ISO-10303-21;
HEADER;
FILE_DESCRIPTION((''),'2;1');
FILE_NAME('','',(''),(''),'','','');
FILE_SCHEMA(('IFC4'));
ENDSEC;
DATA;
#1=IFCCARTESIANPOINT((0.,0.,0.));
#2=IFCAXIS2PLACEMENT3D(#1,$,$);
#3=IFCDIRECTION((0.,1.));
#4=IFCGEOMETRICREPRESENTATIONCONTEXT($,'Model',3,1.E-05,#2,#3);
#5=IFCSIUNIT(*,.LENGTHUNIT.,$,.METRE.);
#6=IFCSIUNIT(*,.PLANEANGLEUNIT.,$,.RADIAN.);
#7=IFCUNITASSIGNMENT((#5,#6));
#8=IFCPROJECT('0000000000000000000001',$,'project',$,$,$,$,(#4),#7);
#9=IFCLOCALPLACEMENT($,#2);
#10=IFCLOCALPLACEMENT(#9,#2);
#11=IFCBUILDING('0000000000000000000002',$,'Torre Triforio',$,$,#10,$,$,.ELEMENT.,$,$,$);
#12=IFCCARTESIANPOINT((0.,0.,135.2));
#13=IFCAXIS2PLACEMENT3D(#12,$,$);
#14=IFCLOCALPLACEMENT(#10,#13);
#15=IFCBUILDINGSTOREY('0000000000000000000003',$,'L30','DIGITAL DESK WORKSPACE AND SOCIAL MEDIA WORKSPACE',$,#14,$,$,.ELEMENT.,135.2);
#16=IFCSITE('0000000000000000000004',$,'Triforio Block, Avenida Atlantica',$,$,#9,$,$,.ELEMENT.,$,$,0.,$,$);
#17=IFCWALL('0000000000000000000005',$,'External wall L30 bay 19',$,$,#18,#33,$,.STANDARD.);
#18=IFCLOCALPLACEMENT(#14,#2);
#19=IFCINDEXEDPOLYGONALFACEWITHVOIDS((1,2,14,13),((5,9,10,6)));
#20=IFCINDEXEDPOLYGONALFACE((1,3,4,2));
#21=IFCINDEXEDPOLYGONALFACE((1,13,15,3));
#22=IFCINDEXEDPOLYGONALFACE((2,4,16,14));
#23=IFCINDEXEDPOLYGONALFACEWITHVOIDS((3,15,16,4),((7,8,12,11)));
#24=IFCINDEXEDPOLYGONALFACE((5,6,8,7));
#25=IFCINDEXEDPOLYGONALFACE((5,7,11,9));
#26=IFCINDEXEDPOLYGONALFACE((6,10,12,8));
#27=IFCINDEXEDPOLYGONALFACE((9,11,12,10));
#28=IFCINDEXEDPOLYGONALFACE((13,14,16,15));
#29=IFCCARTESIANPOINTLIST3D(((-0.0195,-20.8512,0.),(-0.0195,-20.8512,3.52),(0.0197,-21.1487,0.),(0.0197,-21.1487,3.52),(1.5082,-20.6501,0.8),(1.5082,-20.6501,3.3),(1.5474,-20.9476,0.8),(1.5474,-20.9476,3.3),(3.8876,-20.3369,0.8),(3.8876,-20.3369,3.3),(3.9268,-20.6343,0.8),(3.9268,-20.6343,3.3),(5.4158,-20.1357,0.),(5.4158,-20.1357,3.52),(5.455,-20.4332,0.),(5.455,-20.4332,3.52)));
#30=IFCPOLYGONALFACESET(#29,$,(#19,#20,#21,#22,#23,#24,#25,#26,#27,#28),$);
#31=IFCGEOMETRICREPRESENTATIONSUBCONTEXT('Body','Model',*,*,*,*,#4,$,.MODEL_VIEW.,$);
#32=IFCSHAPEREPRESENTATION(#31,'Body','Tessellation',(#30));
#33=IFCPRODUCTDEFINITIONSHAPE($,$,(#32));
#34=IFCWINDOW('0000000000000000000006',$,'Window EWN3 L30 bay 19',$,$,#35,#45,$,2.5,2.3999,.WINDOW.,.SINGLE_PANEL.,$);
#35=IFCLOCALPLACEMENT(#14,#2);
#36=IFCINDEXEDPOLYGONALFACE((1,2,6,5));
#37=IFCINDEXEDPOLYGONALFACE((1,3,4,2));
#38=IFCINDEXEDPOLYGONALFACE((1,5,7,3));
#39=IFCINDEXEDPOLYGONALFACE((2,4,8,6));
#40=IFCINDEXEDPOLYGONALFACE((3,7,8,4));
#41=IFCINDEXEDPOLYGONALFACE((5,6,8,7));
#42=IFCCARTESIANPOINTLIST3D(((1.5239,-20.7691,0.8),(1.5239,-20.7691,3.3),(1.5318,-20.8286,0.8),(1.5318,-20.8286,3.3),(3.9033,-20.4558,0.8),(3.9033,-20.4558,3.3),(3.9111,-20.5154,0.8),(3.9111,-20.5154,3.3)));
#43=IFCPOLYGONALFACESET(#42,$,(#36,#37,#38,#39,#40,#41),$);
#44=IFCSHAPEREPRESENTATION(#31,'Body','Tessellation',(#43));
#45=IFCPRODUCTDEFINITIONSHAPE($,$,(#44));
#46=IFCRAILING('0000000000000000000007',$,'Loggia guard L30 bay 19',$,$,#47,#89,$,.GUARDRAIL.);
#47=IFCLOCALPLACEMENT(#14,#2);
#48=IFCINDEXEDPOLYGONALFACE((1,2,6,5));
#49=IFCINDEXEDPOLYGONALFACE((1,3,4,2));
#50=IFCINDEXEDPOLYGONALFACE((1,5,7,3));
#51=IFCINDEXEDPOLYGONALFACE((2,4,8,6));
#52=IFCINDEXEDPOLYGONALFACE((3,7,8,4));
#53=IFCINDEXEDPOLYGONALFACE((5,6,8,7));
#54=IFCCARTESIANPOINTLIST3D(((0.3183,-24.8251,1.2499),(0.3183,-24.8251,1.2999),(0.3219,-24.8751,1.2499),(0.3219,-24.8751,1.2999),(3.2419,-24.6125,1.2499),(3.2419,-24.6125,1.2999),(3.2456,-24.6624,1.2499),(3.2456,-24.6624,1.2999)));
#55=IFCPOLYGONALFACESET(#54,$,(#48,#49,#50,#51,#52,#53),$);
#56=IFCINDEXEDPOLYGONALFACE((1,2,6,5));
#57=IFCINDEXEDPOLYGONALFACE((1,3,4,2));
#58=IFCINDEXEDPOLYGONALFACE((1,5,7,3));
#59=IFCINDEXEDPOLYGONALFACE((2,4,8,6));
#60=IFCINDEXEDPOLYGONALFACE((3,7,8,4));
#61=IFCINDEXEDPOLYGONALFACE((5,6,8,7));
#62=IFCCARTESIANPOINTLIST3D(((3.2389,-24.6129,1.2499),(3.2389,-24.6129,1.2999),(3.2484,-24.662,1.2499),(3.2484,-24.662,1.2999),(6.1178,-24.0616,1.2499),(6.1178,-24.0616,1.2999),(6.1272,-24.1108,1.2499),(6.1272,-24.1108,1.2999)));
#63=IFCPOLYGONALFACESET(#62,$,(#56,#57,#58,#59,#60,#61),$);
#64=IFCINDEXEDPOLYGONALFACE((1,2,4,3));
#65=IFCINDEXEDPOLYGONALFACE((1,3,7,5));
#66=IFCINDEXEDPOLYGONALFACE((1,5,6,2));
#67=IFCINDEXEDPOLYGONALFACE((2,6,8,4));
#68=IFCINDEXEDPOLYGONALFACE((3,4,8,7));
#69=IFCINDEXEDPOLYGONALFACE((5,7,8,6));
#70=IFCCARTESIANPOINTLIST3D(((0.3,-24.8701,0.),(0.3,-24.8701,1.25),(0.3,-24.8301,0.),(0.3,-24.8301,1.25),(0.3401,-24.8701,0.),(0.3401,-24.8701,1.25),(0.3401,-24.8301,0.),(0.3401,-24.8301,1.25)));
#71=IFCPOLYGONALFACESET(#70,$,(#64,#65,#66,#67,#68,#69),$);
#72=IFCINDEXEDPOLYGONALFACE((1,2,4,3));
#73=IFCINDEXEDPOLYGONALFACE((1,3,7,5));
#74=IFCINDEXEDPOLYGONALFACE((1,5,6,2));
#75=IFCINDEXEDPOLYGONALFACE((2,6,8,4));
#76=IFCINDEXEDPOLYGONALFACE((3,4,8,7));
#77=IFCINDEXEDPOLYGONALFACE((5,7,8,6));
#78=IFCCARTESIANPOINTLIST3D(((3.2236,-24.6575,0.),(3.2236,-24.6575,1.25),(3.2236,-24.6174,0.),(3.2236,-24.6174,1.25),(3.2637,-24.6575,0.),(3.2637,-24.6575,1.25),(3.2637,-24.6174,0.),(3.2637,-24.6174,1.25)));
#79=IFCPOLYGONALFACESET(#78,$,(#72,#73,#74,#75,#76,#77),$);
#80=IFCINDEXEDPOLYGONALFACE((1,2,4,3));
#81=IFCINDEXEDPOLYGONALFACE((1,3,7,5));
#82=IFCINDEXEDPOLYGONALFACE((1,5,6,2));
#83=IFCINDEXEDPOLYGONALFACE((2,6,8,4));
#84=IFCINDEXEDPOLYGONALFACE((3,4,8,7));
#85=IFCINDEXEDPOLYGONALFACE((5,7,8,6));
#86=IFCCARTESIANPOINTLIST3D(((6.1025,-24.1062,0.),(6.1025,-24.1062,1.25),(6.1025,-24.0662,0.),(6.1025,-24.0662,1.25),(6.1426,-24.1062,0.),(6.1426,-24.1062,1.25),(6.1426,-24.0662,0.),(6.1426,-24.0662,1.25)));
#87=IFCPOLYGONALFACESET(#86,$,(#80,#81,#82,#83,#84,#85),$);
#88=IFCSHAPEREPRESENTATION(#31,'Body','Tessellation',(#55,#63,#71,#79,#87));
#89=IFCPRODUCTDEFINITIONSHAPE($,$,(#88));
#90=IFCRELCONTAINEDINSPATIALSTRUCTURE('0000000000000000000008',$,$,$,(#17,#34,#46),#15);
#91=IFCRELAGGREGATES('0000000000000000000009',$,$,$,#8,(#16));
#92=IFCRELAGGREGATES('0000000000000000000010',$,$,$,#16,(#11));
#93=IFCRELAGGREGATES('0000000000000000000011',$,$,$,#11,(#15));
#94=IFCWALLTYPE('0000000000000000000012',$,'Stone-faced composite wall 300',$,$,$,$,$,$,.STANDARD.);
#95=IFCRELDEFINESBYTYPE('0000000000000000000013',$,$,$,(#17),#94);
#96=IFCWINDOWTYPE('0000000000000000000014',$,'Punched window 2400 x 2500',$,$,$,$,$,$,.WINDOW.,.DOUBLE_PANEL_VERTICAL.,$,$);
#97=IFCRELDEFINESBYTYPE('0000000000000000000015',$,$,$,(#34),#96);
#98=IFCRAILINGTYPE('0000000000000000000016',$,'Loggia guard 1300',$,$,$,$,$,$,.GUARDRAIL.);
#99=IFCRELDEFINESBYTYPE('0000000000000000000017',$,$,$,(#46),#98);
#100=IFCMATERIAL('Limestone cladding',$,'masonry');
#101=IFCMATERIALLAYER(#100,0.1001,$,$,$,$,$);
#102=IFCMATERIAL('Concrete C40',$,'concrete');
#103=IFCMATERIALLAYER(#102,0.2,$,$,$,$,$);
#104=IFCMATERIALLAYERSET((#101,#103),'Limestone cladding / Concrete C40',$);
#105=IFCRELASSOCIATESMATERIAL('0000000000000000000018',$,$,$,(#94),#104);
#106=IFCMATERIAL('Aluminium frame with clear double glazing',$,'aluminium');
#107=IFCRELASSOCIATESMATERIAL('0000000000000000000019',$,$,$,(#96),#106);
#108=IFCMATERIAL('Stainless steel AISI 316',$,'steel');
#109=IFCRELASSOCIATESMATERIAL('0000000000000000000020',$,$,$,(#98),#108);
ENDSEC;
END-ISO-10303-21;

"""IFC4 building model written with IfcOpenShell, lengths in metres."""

from ifc_helpers import new_model, si_unit, direction, frame, frame_2d, origin, origin_2d, place, context, subcontext, project, spatial, rectangle, extrude, material, layer, layer_set, type_object, element, fill, save


model = new_model("IFC4")

# Units and contexts
model_context = context("Model", 3, precision=1e-05, world=origin(), true_north=direction((0.0, 1.0)))
body_context = subcontext(model_context, "Body", "Model", "MODEL_VIEW")
ifc_project = project(units=[si_unit("LENGTHUNIT", "METRE"), si_unit("PLANEANGLEUNIT", "RADIAN")], contexts=[model_context])

# Site, building, storey
site_placement = place(None, origin())
site = spatial("IfcSite", under=ifc_project, at=site_placement, Name="Triforio Block, Avenida Atlantica", CompositionType="ELEMENT", RefElevation=0.0)
building_placement = place(site_placement, origin())
building = spatial("IfcBuilding", under=site, at=building_placement, Name="Torre Triforio", CompositionType="ELEMENT")
storey_placement = place(building_placement, frame((0.0, 0.0, 135.2)))
storey = spatial("IfcBuildingStorey", under=building, at=storey_placement, Name="L30", Description="DIGITAL DESK WORKSPACE AND SOCIAL MEDIA WORKSPACE", CompositionType="ELEMENT", Elevation=135.2)

# Wall, opening, window
ifc_material_1 = material(Name="Limestone cladding", Category="masonry")
ifc_layer_1 = layer(ifc_material_1, 0.1001)
ifc_material_2 = material(Name="Concrete C40", Category="concrete")
ifc_layer_2 = layer(ifc_material_2, 0.2)
ifc_layer_set_1 = layer_set([ifc_layer_1, ifc_layer_2], Name="Limestone cladding / Concrete C40")
wall_type_1 = type_object("IfcWallType", Name="Stone-faced composite wall 300", PredefinedType="STANDARD", material=ifc_layer_set_1)
wall_1_placement = place(storey_placement, frame((0.0, -21.0, 0.0), z_axis=(0.0, 0.0, 1.0), x_axis=(0.991445, 0.130527, 0.0)))
wall_1 = element("IfcWall", 1, at=wall_1_placement, inside=storey, type_object=wall_type_1, Name="External wall L30 bay 19", PredefinedType="STANDARD", context=body_context, shape_type="SweptSolid", body=[
    extrude(rectangle(XDim=5.4822, YDim=0.3, at=frame_2d((2.7412, 0.0))), origin(), (0.0, 0.0, 1.0), 3.52),
])
opening_1_placement = place(wall_1_placement, frame((1.541, 0.0, 0.8)))
opening_1 = element("IfcOpeningElement", 2, at=opening_1_placement, cuts=wall_1, PredefinedType="OPENING", context=body_context, shape_type="SweptSolid", body=[
    extrude(rectangle(XDim=2.3999, YDim=2.5, at=frame_2d((1.2, 1.25))), frame((0.0, 0.1599, 0.0), z_axis=(0.0, -1.0, 0.0), x_axis=(1.0, 0.0, 0.0)), (0.0, 0.0, 1.0), 0.3201),
])
ifc_material_3 = material(Name="Aluminium frame with clear double glazing", Category="aluminium")
window_type_1 = type_object("IfcWindowType", Name="Punched window 2400 x 2500", PartitioningType="DOUBLE_PANEL_VERTICAL", PredefinedType="WINDOW", material=ifc_material_3)
window_1_placement = place(opening_1_placement, origin())
window_1 = element("IfcWindow", 3, at=window_1_placement, inside=storey, type_object=window_type_1, Name="Window EWN3 L30 bay 19", OverallHeight=2.5, OverallWidth=2.3999, PartitioningType="SINGLE_PANEL", PredefinedType="WINDOW", context=body_context, shape_type="SweptSolid", body=[
    extrude(rectangle(XDim=2.3999, YDim=2.5, at=frame_2d((1.2, 1.25))), frame((0.0, 0.03, 0.0), z_axis=(0.0, -1.0, 0.0), x_axis=(1.0, 0.0, 0.0)), (0.0, 0.0, 1.0), 0.0601),
])
fill(opening_1, window_1)

# Railing
ifc_material_4 = material(Name="Stainless steel AISI 316", Category="steel")
railing_type = type_object("IfcRailingType", Name="Loggia guard 1300", PredefinedType="GUARDRAIL", material=ifc_material_4)
railing_placement = place(storey_placement, frame((0.3201, -24.8501, 0.0)))
element("IfcRailing", 4, at=railing_placement, inside=storey, type_object=railing_type, Name="Loggia guard L30 bay 19", PredefinedType="GUARDRAIL", context=body_context, shape_type="SweptSolid", body=[
    extrude(rectangle(XDim=0.05, YDim=0.05, at=origin_2d()), frame((0.0, 0.0, 1.2749), z_axis=(0.997365, 0.072543, 0.0), x_axis=(-0.072543, 0.997365, 0.0)), (0.0, 0.0, 1.0), 2.9314),
    extrude(rectangle(XDim=0.05, YDim=0.05, at=origin_2d()), frame((2.9236, 0.2126, 1.2749), z_axis=(0.982156, 0.188069, 0.0), x_axis=(-0.188069, 0.982156, 0.0)), (0.0, 0.0, 1.0), 2.9312),
    extrude(rectangle(XDim=0.04, YDim=0.04, at=origin_2d()), origin(), (0.0, 0.0, 1.0), 1.25),
    extrude(rectangle(XDim=0.04, YDim=0.04, at=origin_2d()), frame((2.9236, 0.2126, 0.0)), (0.0, 0.0, 1.0), 1.25),
    extrude(rectangle(XDim=0.04, YDim=0.04, at=origin_2d()), frame((5.8025, 0.7639, 0.0)), (0.0, 0.0, 1.0), 1.25),
])

save(model, "model.ifc")
